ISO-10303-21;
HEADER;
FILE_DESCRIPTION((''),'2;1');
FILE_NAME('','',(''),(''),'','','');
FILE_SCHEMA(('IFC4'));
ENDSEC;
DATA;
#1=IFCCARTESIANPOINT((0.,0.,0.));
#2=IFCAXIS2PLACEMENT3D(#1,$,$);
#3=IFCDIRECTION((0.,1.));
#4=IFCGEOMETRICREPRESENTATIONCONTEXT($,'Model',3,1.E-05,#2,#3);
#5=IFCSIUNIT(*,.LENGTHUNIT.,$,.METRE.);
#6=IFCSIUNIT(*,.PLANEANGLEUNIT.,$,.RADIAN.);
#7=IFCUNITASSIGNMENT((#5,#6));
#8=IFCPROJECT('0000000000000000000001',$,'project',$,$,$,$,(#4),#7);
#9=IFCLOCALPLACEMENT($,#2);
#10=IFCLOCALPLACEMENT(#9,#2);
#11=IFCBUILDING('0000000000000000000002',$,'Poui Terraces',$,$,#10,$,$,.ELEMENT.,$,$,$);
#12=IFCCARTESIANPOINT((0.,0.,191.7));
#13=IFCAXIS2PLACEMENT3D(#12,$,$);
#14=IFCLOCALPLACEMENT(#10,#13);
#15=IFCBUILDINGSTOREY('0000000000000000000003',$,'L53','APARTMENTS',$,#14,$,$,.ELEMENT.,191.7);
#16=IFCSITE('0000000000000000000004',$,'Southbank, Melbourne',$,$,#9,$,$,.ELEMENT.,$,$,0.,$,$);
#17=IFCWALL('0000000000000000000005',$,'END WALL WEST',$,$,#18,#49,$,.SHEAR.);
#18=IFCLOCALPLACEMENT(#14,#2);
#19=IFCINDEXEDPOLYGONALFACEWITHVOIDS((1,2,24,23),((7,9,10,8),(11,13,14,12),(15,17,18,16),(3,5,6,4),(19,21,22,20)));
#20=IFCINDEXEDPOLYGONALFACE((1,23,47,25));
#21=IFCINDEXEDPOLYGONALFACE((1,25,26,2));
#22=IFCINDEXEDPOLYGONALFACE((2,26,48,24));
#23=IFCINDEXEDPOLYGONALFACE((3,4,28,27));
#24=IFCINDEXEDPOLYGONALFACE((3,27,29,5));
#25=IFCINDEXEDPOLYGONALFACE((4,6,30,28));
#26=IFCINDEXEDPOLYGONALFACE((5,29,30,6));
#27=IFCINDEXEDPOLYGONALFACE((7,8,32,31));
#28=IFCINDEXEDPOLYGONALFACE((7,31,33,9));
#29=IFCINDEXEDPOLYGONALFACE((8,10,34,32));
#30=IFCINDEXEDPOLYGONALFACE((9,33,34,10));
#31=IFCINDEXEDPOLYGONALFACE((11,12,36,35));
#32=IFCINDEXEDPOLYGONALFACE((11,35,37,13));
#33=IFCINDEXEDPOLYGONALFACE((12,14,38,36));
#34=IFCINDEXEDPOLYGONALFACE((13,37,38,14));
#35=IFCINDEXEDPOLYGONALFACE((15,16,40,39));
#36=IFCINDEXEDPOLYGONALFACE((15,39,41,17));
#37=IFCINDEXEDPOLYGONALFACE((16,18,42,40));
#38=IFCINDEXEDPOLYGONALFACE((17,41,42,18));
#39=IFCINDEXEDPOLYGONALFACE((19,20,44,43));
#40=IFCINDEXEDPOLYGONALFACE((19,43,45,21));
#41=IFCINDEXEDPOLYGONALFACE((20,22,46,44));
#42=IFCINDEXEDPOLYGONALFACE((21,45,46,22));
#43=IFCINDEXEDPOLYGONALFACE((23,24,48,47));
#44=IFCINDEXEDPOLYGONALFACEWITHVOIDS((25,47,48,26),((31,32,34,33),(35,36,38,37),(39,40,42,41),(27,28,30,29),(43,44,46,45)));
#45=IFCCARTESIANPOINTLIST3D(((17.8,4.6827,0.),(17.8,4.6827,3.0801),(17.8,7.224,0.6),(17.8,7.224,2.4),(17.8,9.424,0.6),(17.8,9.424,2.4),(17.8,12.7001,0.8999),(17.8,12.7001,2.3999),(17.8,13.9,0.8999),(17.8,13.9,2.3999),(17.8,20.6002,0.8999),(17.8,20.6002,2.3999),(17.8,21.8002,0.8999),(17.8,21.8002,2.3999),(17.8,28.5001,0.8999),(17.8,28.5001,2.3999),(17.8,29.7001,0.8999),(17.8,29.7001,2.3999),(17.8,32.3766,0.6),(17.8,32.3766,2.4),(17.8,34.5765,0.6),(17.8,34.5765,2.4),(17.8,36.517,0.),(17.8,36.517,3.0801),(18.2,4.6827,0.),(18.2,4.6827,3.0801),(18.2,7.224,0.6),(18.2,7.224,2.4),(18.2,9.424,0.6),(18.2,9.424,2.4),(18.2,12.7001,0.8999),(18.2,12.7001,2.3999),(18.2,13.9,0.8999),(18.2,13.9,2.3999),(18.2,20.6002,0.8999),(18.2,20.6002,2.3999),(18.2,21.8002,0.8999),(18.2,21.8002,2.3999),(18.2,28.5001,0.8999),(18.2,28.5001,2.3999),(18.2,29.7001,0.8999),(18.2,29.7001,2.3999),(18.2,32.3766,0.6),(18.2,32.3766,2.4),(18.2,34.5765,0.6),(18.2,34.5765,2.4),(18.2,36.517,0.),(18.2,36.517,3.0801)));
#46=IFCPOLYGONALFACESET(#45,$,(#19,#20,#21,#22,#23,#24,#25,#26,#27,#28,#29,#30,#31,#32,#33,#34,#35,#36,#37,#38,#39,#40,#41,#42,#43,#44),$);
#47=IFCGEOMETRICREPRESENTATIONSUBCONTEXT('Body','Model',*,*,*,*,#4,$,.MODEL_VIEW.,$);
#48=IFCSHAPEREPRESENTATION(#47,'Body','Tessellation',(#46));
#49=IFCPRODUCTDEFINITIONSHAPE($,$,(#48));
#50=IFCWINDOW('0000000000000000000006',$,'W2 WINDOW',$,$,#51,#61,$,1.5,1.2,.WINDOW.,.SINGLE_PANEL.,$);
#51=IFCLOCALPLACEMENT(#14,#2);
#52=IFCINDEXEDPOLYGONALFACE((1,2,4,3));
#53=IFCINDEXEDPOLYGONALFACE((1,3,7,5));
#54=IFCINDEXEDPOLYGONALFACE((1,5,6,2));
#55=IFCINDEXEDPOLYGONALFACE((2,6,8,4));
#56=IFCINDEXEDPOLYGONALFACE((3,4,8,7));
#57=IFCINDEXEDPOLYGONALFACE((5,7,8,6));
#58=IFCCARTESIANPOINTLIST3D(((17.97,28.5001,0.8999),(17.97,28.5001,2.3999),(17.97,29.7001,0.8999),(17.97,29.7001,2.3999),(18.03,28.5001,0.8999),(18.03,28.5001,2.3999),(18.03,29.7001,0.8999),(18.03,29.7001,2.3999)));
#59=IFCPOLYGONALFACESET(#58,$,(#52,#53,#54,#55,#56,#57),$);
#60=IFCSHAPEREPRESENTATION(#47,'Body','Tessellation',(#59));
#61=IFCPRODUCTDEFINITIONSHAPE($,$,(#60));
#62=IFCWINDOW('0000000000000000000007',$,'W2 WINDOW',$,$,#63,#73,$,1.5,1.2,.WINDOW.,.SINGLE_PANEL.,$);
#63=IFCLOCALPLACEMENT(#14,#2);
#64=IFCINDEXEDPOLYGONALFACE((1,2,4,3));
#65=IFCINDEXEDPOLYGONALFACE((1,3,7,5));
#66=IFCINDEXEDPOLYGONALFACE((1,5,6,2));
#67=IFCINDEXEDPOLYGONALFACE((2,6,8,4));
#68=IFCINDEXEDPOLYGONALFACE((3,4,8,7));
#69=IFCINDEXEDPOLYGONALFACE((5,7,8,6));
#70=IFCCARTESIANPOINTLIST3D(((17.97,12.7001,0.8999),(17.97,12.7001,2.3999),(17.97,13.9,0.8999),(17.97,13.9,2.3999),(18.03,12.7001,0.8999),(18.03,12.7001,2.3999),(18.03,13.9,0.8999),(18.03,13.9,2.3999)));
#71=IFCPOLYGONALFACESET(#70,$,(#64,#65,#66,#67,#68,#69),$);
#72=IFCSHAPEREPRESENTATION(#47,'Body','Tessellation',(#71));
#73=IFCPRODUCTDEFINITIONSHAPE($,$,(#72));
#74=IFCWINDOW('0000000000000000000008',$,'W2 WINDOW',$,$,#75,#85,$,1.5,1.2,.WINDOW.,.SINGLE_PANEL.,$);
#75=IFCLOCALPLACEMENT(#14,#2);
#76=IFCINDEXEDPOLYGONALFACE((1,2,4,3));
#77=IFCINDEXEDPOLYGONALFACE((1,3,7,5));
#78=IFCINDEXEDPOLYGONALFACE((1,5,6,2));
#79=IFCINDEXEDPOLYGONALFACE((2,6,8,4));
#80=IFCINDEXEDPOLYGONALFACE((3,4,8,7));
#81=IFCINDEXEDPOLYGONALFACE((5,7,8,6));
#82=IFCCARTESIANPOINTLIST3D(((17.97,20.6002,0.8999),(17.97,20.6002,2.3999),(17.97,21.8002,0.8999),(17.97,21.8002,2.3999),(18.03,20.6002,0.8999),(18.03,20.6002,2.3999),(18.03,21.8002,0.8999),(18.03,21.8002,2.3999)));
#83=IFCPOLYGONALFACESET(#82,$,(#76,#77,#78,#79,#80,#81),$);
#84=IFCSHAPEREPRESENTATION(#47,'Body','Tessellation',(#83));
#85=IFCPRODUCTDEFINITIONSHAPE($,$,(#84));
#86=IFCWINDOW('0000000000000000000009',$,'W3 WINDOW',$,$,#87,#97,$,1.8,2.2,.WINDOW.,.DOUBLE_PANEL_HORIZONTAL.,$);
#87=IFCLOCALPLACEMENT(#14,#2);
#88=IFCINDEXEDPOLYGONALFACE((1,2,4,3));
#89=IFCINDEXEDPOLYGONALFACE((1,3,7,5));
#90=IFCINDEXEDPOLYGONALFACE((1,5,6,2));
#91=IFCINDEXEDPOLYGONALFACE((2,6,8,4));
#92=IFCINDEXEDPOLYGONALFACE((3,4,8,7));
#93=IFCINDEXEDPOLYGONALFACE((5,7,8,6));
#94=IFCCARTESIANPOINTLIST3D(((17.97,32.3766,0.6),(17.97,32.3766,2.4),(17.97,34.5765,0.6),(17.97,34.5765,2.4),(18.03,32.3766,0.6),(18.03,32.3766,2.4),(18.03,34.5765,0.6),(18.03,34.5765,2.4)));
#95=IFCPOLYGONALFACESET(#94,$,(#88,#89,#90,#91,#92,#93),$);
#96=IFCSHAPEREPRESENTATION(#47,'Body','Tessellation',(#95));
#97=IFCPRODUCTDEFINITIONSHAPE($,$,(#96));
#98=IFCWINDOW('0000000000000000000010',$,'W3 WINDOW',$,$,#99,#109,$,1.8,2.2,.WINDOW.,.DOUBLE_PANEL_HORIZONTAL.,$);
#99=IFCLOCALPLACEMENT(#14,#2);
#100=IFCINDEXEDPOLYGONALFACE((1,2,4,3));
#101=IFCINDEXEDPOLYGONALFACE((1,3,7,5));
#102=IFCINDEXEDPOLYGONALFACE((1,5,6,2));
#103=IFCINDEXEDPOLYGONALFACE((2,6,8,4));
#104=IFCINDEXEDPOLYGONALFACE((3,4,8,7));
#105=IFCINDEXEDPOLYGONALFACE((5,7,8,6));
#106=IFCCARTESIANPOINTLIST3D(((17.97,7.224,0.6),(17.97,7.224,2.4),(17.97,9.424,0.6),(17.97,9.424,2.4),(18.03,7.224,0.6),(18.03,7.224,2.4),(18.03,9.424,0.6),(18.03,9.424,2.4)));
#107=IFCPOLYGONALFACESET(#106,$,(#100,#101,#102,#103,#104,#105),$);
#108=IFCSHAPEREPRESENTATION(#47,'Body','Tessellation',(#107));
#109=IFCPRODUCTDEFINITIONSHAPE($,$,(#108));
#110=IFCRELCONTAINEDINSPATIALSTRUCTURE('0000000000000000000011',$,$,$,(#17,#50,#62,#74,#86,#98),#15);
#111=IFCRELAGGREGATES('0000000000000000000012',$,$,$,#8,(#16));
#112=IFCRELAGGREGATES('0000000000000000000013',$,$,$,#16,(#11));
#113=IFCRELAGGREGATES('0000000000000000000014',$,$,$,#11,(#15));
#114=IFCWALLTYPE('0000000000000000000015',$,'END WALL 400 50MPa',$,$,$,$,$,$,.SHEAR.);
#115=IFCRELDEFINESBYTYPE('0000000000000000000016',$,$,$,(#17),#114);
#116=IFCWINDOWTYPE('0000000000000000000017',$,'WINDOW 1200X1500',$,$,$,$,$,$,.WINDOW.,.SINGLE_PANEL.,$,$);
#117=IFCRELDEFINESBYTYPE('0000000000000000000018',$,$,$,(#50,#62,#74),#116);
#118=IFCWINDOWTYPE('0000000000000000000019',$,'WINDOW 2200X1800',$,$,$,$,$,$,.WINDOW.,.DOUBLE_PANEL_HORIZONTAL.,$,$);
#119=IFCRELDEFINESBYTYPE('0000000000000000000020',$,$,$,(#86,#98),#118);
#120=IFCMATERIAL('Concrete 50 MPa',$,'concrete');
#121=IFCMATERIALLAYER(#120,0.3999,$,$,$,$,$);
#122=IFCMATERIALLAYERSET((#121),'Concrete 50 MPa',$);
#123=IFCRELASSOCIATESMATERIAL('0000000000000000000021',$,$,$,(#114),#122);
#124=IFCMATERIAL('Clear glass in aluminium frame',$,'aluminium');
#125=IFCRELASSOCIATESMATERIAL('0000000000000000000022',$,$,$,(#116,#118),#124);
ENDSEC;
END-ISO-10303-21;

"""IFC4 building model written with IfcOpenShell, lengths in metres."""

from ifc_helpers import new_model, si_unit, direction, frame, frame_2d, origin, place, context, subcontext, project, spatial, rectangle, extrude, material, layer, layer_set, type_object, element, fill, save


model = new_model("IFC4")

# Units and contexts
model_context = context("Model", 3, precision=1e-05, world=origin(), true_north=direction((0.0, 1.0)))
body_context = subcontext(model_context, "Body", "Model", "MODEL_VIEW")
ifc_project = project(units=[si_unit("LENGTHUNIT", "METRE"), si_unit("PLANEANGLEUNIT", "RADIAN")], contexts=[model_context])

# Site, building, storey
site_placement = place(None, origin())
site = spatial("IfcSite", under=ifc_project, at=site_placement, Name="Southbank, Melbourne", CompositionType="ELEMENT", RefElevation=0.0)
building_placement = place(site_placement, origin())
building = spatial("IfcBuilding", under=site, at=building_placement, Name="Poui Terraces", CompositionType="ELEMENT")
storey_placement = place(building_placement, frame((0.0, 0.0, 191.7)))
storey = spatial("IfcBuildingStorey", under=building, at=storey_placement, Name="L53", Description="APARTMENTS", CompositionType="ELEMENT", Elevation=191.7)

# Shared definitions
ifc_material_1 = material(Name="Concrete 50 MPa", Category="concrete")

# Wall, openings, windows
ifc_layer_1 = layer(ifc_material_1, 0.3999)
ifc_layer_set_1 = layer_set([ifc_layer_1], Name="Concrete 50 MPa")
wall_type_1 = type_object("IfcWallType", Name="END WALL 400 50MPa", PredefinedType="SHEAR", material=ifc_layer_set_1)
wall_1_placement = place(storey_placement, frame((18.0, 4.6829, 0.0), z_axis=(0.0, 0.0, 1.0), x_axis=(0.0, 1.0, 0.0)))
wall_1 = element("IfcWall", 1, at=wall_1_placement, inside=storey, type_object=wall_type_1, Name="END WALL WEST", PredefinedType="SHEAR", context=body_context, shape_type="SweptSolid", body=[
    extrude(rectangle(XDim=31.8342, YDim=0.3999, at=frame_2d((15.917, 0.0))), origin(), (0.0, 0.0, 1.0), 3.0801),
])
opening_1_placement = place(wall_1_placement, frame((23.8171, 0.0, 0.8999)))
opening_1 = element("IfcOpeningElement", 2, at=opening_1_placement, cuts=wall_1, PredefinedType="OPENING", context=body_context, shape_type="SweptSolid", body=[
    extrude(rectangle(XDim=1.2, YDim=1.5, at=frame_2d((0.6001, 0.75))), frame((0.0, 0.21, 0.0), z_axis=(0.0, -1.0, 0.0), x_axis=(1.0, 0.0, 0.0)), (0.0, 0.0, 1.0), 0.4199),
])
opening_2_placement = place(wall_1_placement, frame((8.0171, 0.0, 0.8999)))
opening_2 = element("IfcOpeningElement", 3, at=opening_2_placement, cuts=wall_1, PredefinedType="OPENING", context=body_context, shape_type="SweptSolid", body=[
    extrude(rectangle(XDim=1.2, YDim=1.5, at=frame_2d((0.6001, 0.75))), frame((0.0, 0.21, 0.0), z_axis=(0.0, -1.0, 0.0), x_axis=(1.0, 0.0, 0.0)), (0.0, 0.0, 1.0), 0.4199),
])
opening_3_placement = place(wall_1_placement, frame((27.6936, 0.0, 0.6001)))
opening_3 = element("IfcOpeningElement", 4, at=opening_3_placement, cuts=wall_1, PredefinedType="OPENING", context=body_context, shape_type="SweptSolid", body=[
    extrude(rectangle(XDim=2.2, YDim=1.8, at=frame_2d((1.1001, 0.8999))), frame((0.0, 0.21, 0.0), z_axis=(0.0, -1.0, 0.0), x_axis=(1.0, 0.0, 0.0)), (0.0, 0.0, 1.0), 0.4199),
])
opening_4_placement = place(wall_1_placement, frame((2.541, 0.0, 0.6001)))
opening_4 = element("IfcOpeningElement", 5, at=opening_4_placement, cuts=wall_1, PredefinedType="OPENING", context=body_context, shape_type="SweptSolid", body=[
    extrude(rectangle(XDim=2.2, YDim=1.8, at=frame_2d((1.1001, 0.8999))), frame((0.0, 0.21, 0.0), z_axis=(0.0, -1.0, 0.0), x_axis=(1.0, 0.0, 0.0)), (0.0, 0.0, 1.0), 0.4199),
])
opening_5_placement = place(wall_1_placement, frame((15.9172, 0.0, 0.8999)))
opening_5 = element("IfcOpeningElement", 6, at=opening_5_placement, cuts=wall_1, PredefinedType="OPENING", context=body_context, shape_type="SweptSolid", body=[
    extrude(rectangle(XDim=1.2, YDim=1.5, at=frame_2d((0.6001, 0.75))), frame((0.0, 0.21, 0.0), z_axis=(0.0, -1.0, 0.0), x_axis=(1.0, 0.0, 0.0)), (0.0, 0.0, 1.0), 0.4199),
])
ifc_material_2 = material(Name="Clear glass in aluminium frame", Category="aluminium")
window_type_1 = type_object("IfcWindowType", Name="WINDOW 1200X1500", PartitioningType="SINGLE_PANEL", PredefinedType="WINDOW", material=ifc_material_2)
window_1_placement = place(opening_1_placement, origin())
window_1 = element("IfcWindow", 7, at=window_1_placement, inside=storey, type_object=window_type_1, Name="W2 WINDOW", OverallHeight=1.5, OverallWidth=1.2, PartitioningType="SINGLE_PANEL", PredefinedType="WINDOW", context=body_context, shape_type="SweptSolid", body=[
    extrude(rectangle(XDim=1.2, YDim=1.5, at=frame_2d((0.6001, 0.75))), frame((0.0, 0.03, 0.0), z_axis=(0.0, -1.0, 0.0), x_axis=(1.0, 0.0, 0.0)), (0.0, 0.0, 1.0), 0.0601),
])
fill(opening_1, window_1)
window_2_placement = place(opening_2_placement, origin())
window_2 = element("IfcWindow", 8, at=window_2_placement, inside=storey, type_object=window_type_1, Name="W2 WINDOW", OverallHeight=1.5, OverallWidth=1.2, PartitioningType="SINGLE_PANEL", PredefinedType="WINDOW", context=body_context, shape_type="SweptSolid", body=[
    extrude(rectangle(XDim=1.2, YDim=1.5, at=frame_2d((0.6001, 0.75))), frame((0.0, 0.03, 0.0), z_axis=(0.0, -1.0, 0.0), x_axis=(1.0, 0.0, 0.0)), (0.0, 0.0, 1.0), 0.0601),
])
fill(opening_2, window_2)
window_3_placement = place(opening_5_placement, origin())
window_3 = element("IfcWindow", 9, at=window_3_placement, inside=storey, type_object=window_type_1, Name="W2 WINDOW", OverallHeight=1.5, OverallWidth=1.2, PartitioningType="SINGLE_PANEL", PredefinedType="WINDOW", context=body_context, shape_type="SweptSolid", body=[
    extrude(rectangle(XDim=1.2, YDim=1.5, at=frame_2d((0.6001, 0.75))), frame((0.0, 0.03, 0.0), z_axis=(0.0, -1.0, 0.0), x_axis=(1.0, 0.0, 0.0)), (0.0, 0.0, 1.0), 0.0601),
])
fill(opening_5, window_3)
window_type_2 = type_object("IfcWindowType", Name="WINDOW 2200X1800", PartitioningType="DOUBLE_PANEL_HORIZONTAL", PredefinedType="WINDOW", material=ifc_material_2)
window_4_placement = place(opening_3_placement, origin())
window_4 = element("IfcWindow", 10, at=window_4_placement, inside=storey, type_object=window_type_2, Name="W3 WINDOW", OverallHeight=1.8, OverallWidth=2.2, PartitioningType="DOUBLE_PANEL_HORIZONTAL", PredefinedType="WINDOW", context=body_context, shape_type="SweptSolid", body=[
    extrude(rectangle(XDim=2.2, YDim=1.8, at=frame_2d((1.1001, 0.8999))), frame((0.0, 0.03, 0.0), z_axis=(0.0, -1.0, 0.0), x_axis=(1.0, 0.0, 0.0)), (0.0, 0.0, 1.0), 0.0601),
])
fill(opening_3, window_4)
window_5_placement = place(opening_4_placement, origin())
window_5 = element("IfcWindow", 11, at=window_5_placement, inside=storey, type_object=window_type_2, Name="W3 WINDOW", OverallHeight=1.8, OverallWidth=2.2, PartitioningType="DOUBLE_PANEL_HORIZONTAL", PredefinedType="WINDOW", context=body_context, shape_type="SweptSolid", body=[
    extrude(rectangle(XDim=2.2, YDim=1.8, at=frame_2d((1.1001, 0.8999))), frame((0.0, 0.03, 0.0), z_axis=(0.0, -1.0, 0.0), x_axis=(1.0, 0.0, 0.0)), (0.0, 0.0, 1.0), 0.0601),
])
fill(opening_4, window_5)

save(model, "model.ifc")
